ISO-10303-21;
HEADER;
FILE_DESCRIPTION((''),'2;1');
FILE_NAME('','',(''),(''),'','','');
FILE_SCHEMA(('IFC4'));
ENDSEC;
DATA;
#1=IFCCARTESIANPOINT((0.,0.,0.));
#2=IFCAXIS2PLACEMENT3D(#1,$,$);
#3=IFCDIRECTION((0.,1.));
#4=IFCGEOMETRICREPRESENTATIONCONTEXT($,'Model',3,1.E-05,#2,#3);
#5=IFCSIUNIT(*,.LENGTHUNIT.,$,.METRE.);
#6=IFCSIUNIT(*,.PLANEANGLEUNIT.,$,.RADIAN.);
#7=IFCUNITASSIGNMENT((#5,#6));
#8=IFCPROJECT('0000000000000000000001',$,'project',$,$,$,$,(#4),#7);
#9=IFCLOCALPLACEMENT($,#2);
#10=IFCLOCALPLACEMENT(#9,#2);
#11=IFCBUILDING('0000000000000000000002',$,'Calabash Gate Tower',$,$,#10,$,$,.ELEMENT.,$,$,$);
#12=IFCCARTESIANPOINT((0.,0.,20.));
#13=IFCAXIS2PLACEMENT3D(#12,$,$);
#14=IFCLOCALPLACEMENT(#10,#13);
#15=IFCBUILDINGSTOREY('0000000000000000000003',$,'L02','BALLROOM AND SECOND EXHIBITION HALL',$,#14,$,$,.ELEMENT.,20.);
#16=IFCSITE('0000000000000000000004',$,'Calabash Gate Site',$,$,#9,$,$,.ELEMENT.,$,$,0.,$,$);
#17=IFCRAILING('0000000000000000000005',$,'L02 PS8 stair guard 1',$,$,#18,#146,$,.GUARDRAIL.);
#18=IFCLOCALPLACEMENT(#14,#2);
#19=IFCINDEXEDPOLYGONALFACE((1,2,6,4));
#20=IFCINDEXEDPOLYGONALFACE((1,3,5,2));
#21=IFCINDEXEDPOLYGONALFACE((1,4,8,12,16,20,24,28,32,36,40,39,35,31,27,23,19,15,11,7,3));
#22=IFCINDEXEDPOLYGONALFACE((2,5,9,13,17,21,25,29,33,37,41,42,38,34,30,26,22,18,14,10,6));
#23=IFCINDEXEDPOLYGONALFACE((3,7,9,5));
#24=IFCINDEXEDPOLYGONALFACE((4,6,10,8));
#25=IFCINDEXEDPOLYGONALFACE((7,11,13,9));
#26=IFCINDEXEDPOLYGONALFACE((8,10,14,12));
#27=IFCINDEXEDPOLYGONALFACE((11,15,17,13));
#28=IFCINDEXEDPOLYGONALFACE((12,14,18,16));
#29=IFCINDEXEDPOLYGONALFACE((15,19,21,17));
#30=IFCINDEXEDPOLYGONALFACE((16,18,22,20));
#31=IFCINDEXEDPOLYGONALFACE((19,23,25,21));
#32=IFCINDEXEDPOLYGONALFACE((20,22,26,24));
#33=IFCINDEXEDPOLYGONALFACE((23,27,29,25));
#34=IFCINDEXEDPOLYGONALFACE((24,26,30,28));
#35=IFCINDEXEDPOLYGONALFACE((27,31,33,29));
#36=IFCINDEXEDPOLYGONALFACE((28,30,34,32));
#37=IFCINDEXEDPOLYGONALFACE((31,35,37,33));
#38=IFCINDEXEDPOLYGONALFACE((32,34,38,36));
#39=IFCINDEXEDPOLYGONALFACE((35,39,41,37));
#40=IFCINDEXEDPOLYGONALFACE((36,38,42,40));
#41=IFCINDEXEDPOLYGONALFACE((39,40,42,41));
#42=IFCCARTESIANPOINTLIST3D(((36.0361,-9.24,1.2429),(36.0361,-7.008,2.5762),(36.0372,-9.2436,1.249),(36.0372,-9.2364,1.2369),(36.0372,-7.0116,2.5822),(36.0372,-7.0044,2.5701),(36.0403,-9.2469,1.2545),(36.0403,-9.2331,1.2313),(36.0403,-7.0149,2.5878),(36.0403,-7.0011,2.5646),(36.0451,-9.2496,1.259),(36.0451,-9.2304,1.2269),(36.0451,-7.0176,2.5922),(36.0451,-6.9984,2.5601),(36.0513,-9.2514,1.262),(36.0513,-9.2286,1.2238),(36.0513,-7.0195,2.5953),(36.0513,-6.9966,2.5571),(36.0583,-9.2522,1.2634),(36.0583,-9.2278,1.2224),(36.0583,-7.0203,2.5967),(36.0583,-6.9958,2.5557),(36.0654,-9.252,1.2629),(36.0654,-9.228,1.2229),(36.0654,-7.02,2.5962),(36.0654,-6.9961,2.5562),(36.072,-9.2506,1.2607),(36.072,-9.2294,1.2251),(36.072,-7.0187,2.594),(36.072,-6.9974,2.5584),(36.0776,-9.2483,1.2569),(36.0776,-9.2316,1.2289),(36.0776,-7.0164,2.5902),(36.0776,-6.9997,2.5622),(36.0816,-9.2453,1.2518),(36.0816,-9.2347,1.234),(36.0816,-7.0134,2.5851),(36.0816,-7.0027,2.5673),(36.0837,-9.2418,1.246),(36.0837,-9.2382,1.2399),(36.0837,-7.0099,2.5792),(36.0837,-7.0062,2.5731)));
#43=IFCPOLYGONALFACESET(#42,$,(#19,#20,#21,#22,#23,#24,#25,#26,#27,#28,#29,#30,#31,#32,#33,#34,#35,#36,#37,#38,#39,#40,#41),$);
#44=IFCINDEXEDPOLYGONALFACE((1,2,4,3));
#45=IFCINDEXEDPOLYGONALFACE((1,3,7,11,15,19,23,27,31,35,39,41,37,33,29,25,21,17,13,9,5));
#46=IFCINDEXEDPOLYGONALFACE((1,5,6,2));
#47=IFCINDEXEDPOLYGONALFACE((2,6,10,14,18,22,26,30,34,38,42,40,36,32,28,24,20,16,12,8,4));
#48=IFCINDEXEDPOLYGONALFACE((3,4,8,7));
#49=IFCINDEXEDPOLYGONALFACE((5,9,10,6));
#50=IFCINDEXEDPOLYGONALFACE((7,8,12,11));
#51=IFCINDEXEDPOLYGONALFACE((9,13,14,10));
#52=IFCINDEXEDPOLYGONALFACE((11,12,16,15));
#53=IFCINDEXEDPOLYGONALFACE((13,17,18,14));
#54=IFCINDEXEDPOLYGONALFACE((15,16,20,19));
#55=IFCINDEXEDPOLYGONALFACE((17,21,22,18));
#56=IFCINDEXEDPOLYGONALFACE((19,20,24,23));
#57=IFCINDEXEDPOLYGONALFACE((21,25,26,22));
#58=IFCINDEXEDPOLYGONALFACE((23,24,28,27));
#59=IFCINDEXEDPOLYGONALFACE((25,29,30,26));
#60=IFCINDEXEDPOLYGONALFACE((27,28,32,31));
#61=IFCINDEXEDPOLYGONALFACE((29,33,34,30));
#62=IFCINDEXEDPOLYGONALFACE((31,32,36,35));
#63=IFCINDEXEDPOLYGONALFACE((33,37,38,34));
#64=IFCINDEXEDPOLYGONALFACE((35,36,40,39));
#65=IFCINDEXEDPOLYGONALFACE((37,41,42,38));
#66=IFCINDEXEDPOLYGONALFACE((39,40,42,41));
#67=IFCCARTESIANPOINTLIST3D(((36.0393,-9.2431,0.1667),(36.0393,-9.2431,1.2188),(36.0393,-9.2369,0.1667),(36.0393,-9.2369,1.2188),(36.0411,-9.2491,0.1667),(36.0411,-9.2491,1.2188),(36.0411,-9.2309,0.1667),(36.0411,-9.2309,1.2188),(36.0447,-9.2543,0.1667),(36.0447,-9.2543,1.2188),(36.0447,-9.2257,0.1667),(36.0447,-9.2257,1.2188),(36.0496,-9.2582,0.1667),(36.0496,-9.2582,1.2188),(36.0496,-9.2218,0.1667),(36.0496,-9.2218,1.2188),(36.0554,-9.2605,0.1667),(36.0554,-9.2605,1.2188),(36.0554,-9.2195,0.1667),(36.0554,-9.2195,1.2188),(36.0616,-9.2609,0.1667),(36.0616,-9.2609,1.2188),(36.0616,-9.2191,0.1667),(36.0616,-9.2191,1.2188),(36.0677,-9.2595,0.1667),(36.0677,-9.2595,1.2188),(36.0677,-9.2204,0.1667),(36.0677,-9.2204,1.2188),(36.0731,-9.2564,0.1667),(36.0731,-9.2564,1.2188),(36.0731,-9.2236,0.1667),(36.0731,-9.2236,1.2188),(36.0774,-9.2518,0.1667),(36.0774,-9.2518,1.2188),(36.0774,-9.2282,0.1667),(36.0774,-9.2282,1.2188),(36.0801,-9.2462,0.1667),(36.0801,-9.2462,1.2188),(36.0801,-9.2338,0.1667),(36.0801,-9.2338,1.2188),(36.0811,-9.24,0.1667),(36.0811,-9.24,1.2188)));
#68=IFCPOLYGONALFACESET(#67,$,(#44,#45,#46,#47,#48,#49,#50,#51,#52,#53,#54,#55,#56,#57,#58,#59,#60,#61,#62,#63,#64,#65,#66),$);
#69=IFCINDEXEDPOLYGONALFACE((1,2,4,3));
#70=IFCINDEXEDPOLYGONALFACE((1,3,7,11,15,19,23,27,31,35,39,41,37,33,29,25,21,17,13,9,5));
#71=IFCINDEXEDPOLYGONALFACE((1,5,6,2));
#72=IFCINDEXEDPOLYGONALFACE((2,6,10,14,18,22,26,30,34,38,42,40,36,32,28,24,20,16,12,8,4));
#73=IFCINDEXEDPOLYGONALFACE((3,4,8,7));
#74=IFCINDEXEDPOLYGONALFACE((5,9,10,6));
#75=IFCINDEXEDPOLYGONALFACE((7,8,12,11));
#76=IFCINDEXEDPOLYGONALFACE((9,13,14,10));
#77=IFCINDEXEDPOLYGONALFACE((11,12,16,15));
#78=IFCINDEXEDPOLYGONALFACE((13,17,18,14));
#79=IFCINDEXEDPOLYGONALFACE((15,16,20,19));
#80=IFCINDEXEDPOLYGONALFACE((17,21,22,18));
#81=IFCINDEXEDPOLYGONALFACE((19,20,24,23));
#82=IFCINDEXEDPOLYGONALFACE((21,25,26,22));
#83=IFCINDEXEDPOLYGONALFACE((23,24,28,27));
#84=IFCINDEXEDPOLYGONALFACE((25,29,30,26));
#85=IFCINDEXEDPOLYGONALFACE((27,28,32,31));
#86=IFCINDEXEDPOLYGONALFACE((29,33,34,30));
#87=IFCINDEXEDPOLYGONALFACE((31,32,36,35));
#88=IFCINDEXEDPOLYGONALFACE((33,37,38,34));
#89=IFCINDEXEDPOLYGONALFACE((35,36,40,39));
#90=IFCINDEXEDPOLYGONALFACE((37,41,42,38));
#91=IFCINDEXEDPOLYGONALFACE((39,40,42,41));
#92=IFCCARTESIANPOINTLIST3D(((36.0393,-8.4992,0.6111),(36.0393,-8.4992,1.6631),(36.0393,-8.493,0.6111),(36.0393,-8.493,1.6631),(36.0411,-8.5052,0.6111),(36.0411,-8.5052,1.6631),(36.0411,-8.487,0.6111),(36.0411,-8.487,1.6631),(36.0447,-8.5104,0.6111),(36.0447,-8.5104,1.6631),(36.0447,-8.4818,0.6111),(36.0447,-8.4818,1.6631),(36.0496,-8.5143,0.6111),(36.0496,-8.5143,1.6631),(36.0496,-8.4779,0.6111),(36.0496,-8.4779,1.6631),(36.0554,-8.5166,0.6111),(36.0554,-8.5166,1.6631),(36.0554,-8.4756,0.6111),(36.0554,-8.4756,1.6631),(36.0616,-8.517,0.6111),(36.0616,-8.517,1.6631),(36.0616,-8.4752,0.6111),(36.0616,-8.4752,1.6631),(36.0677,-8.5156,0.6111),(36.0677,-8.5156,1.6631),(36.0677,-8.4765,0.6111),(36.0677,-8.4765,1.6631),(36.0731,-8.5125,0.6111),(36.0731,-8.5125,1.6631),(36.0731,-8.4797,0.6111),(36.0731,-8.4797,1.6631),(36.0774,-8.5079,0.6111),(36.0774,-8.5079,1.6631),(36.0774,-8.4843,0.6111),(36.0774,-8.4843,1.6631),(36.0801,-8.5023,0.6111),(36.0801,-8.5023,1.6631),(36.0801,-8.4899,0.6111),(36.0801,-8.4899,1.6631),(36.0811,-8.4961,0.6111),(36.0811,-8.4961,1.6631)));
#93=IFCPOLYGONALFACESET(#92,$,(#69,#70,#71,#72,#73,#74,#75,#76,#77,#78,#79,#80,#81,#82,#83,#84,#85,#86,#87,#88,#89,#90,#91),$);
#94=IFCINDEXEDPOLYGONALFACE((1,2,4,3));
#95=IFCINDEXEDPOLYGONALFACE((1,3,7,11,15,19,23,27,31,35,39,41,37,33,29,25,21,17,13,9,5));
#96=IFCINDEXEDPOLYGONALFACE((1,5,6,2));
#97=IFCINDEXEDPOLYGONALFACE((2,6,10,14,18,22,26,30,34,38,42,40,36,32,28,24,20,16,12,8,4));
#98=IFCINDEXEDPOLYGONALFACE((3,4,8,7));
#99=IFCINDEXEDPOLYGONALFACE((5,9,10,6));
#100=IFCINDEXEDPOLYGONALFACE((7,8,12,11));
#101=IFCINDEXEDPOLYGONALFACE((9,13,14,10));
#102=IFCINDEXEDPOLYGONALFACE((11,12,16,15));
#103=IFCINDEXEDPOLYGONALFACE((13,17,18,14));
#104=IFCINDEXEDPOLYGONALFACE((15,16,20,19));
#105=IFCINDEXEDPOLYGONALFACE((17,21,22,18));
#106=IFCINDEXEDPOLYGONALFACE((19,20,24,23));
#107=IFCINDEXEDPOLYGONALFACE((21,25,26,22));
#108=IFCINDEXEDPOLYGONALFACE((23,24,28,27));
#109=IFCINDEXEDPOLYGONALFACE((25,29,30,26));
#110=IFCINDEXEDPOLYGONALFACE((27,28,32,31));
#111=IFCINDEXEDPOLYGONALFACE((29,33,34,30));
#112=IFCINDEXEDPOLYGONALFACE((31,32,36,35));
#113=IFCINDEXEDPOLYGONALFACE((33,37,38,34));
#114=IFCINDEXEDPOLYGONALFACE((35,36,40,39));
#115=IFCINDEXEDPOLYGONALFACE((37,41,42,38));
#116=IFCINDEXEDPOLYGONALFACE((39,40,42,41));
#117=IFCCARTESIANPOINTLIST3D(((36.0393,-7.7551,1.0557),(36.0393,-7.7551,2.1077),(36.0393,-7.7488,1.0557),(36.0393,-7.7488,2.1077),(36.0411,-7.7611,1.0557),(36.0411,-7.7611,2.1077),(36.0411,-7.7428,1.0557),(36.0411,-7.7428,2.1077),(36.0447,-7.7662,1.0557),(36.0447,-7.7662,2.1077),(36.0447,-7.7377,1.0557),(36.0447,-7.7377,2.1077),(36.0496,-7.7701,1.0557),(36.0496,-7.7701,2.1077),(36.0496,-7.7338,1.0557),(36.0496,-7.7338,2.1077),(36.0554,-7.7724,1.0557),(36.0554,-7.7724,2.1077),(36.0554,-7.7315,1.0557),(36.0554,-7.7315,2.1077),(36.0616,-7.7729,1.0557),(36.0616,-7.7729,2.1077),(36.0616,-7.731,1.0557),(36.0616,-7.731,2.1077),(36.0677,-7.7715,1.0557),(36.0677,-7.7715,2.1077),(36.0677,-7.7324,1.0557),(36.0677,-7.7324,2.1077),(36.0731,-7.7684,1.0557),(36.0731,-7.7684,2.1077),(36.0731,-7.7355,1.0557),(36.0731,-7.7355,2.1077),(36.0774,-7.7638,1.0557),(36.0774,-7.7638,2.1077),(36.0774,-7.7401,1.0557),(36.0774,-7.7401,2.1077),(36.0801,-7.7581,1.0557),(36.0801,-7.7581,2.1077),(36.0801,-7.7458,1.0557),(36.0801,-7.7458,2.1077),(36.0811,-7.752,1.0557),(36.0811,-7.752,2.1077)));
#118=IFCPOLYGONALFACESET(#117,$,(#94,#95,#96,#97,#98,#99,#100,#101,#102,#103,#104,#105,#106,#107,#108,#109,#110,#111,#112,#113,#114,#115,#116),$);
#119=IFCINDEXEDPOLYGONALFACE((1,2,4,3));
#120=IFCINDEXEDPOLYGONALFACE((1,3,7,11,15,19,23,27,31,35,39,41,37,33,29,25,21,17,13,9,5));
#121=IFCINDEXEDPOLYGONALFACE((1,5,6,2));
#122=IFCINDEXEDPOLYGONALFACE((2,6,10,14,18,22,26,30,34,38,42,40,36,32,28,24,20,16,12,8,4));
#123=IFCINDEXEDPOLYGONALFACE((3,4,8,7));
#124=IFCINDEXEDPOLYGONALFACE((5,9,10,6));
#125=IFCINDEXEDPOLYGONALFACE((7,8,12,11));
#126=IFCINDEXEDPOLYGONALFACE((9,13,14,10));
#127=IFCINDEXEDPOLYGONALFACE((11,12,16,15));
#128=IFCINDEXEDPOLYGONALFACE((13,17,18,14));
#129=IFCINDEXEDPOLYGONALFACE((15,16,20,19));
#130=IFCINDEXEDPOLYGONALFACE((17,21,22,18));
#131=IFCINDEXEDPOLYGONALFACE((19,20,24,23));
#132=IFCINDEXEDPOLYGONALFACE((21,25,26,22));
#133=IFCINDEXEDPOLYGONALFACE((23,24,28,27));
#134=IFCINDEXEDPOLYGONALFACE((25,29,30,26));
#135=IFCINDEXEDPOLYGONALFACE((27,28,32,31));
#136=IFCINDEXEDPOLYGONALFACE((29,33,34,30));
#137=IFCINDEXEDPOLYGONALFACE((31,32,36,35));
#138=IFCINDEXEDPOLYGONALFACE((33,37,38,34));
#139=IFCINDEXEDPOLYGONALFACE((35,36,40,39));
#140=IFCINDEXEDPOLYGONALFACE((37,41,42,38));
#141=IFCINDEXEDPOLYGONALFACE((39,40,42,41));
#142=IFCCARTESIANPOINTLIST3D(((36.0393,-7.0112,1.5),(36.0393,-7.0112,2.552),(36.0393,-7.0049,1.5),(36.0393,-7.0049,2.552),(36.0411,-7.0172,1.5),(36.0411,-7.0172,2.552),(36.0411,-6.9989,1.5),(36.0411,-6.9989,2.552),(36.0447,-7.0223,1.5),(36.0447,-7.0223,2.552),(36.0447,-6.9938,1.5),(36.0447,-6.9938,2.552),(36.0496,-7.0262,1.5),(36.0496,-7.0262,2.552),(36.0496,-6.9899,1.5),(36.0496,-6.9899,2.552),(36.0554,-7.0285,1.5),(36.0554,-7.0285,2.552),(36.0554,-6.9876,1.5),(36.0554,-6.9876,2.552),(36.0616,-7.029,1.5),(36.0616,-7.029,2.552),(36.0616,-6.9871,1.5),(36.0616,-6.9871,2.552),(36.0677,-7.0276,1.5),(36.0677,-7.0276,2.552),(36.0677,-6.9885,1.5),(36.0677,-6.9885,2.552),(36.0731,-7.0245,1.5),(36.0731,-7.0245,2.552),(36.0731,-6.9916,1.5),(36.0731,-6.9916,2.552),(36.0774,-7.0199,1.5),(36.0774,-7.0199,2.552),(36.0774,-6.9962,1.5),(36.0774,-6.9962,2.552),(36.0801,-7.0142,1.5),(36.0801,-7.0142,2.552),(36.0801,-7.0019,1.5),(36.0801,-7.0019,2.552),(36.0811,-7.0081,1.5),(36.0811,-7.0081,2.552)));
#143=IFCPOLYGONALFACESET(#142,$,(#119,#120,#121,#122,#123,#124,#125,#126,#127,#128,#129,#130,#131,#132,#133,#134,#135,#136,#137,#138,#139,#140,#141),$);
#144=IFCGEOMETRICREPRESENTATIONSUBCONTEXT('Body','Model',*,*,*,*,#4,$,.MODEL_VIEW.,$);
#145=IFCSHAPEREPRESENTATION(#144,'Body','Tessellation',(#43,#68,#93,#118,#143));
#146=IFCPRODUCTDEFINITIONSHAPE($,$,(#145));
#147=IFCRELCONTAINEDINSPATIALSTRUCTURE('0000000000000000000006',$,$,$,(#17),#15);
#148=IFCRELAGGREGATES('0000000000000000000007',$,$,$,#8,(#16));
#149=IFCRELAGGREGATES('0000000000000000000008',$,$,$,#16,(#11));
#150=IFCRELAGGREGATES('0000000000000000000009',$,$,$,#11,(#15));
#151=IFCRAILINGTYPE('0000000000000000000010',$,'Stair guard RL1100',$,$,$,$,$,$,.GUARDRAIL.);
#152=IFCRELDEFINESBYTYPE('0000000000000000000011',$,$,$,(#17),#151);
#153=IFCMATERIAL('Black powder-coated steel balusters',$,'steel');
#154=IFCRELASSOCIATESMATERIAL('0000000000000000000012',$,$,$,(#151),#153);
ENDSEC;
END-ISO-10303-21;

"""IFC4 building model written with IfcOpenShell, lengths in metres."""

from ifc_helpers import new_model, si_unit, direction, frame, origin, origin_2d, place, context, subcontext, project, spatial, circle, extrude, material, type_object, element, save


model = new_model("IFC4")

# Units and contexts
model_context = context("Model", 3, precision=1e-05, world=origin(), true_north=direction((0.0, 1.0)))
body_context = subcontext(model_context, "Body", "Model", "MODEL_VIEW")
ifc_project = project(units=[si_unit("LENGTHUNIT", "METRE"), si_unit("PLANEANGLEUNIT", "RADIAN")], contexts=[model_context])

# Site, building, storey
site_placement = place(None, origin())
site = spatial("IfcSite", under=ifc_project, at=site_placement, Name="Calabash Gate Site", CompositionType="ELEMENT", RefElevation=0.0)
building_placement = place(site_placement, origin())
building = spatial("IfcBuilding", under=site, at=building_placement, Name="Calabash Gate Tower", CompositionType="ELEMENT")
storey_placement = place(building_placement, frame((0.0, 0.0, 20.0)))
storey = spatial("IfcBuildingStorey", under=building, at=storey_placement, Name="L02", Description="BALLROOM AND SECOND EXHIBITION HALL", CompositionType="ELEMENT", Elevation=20.0)

# Railing
ifc_material_1 = material(Name="Black powder-coated steel balusters", Category="steel")
railing_type_1 = type_object("IfcRailingType", Name="Stair guard RL1100", PredefinedType="GUARDRAIL", material=ifc_material_1)
railing_1_placement = place(storey_placement, frame((36.0601, -9.24, 0.1667)))
element("IfcRailing", 1, at=railing_1_placement, inside=storey, type_object=railing_type_1, Name="L02 PS8 stair guard 1", PredefinedType="GUARDRAIL", context=body_context, shape_type="SweptSolid", body=[
    extrude(circle(Radius=0.0239, at=origin_2d()), frame((0.0, 0.0, 1.0762), z_axis=(0.0, 0.858494, 0.512824), x_axis=(-1.0, 0.0, 0.0)), (0.0, 0.0, 1.0), 2.5999),
    extrude(circle(Radius=0.021, at=origin_2d()), origin(), (0.0, 0.0, 1.0), 1.052),
    extrude(circle(Radius=0.021, at=origin_2d()), frame((0.0, 0.7439, 0.4443)), (0.0, 0.0, 1.0), 1.052),
    extrude(circle(Radius=0.021, at=origin_2d()), frame((0.0, 1.488, 0.8889)), (0.0, 0.0, 1.0), 1.052),
    extrude(circle(Radius=0.021, at=origin_2d()), frame((0.0, 2.2319, 1.3333)), (0.0, 0.0, 1.0), 1.052),
])

save(model, "model.ifc")
